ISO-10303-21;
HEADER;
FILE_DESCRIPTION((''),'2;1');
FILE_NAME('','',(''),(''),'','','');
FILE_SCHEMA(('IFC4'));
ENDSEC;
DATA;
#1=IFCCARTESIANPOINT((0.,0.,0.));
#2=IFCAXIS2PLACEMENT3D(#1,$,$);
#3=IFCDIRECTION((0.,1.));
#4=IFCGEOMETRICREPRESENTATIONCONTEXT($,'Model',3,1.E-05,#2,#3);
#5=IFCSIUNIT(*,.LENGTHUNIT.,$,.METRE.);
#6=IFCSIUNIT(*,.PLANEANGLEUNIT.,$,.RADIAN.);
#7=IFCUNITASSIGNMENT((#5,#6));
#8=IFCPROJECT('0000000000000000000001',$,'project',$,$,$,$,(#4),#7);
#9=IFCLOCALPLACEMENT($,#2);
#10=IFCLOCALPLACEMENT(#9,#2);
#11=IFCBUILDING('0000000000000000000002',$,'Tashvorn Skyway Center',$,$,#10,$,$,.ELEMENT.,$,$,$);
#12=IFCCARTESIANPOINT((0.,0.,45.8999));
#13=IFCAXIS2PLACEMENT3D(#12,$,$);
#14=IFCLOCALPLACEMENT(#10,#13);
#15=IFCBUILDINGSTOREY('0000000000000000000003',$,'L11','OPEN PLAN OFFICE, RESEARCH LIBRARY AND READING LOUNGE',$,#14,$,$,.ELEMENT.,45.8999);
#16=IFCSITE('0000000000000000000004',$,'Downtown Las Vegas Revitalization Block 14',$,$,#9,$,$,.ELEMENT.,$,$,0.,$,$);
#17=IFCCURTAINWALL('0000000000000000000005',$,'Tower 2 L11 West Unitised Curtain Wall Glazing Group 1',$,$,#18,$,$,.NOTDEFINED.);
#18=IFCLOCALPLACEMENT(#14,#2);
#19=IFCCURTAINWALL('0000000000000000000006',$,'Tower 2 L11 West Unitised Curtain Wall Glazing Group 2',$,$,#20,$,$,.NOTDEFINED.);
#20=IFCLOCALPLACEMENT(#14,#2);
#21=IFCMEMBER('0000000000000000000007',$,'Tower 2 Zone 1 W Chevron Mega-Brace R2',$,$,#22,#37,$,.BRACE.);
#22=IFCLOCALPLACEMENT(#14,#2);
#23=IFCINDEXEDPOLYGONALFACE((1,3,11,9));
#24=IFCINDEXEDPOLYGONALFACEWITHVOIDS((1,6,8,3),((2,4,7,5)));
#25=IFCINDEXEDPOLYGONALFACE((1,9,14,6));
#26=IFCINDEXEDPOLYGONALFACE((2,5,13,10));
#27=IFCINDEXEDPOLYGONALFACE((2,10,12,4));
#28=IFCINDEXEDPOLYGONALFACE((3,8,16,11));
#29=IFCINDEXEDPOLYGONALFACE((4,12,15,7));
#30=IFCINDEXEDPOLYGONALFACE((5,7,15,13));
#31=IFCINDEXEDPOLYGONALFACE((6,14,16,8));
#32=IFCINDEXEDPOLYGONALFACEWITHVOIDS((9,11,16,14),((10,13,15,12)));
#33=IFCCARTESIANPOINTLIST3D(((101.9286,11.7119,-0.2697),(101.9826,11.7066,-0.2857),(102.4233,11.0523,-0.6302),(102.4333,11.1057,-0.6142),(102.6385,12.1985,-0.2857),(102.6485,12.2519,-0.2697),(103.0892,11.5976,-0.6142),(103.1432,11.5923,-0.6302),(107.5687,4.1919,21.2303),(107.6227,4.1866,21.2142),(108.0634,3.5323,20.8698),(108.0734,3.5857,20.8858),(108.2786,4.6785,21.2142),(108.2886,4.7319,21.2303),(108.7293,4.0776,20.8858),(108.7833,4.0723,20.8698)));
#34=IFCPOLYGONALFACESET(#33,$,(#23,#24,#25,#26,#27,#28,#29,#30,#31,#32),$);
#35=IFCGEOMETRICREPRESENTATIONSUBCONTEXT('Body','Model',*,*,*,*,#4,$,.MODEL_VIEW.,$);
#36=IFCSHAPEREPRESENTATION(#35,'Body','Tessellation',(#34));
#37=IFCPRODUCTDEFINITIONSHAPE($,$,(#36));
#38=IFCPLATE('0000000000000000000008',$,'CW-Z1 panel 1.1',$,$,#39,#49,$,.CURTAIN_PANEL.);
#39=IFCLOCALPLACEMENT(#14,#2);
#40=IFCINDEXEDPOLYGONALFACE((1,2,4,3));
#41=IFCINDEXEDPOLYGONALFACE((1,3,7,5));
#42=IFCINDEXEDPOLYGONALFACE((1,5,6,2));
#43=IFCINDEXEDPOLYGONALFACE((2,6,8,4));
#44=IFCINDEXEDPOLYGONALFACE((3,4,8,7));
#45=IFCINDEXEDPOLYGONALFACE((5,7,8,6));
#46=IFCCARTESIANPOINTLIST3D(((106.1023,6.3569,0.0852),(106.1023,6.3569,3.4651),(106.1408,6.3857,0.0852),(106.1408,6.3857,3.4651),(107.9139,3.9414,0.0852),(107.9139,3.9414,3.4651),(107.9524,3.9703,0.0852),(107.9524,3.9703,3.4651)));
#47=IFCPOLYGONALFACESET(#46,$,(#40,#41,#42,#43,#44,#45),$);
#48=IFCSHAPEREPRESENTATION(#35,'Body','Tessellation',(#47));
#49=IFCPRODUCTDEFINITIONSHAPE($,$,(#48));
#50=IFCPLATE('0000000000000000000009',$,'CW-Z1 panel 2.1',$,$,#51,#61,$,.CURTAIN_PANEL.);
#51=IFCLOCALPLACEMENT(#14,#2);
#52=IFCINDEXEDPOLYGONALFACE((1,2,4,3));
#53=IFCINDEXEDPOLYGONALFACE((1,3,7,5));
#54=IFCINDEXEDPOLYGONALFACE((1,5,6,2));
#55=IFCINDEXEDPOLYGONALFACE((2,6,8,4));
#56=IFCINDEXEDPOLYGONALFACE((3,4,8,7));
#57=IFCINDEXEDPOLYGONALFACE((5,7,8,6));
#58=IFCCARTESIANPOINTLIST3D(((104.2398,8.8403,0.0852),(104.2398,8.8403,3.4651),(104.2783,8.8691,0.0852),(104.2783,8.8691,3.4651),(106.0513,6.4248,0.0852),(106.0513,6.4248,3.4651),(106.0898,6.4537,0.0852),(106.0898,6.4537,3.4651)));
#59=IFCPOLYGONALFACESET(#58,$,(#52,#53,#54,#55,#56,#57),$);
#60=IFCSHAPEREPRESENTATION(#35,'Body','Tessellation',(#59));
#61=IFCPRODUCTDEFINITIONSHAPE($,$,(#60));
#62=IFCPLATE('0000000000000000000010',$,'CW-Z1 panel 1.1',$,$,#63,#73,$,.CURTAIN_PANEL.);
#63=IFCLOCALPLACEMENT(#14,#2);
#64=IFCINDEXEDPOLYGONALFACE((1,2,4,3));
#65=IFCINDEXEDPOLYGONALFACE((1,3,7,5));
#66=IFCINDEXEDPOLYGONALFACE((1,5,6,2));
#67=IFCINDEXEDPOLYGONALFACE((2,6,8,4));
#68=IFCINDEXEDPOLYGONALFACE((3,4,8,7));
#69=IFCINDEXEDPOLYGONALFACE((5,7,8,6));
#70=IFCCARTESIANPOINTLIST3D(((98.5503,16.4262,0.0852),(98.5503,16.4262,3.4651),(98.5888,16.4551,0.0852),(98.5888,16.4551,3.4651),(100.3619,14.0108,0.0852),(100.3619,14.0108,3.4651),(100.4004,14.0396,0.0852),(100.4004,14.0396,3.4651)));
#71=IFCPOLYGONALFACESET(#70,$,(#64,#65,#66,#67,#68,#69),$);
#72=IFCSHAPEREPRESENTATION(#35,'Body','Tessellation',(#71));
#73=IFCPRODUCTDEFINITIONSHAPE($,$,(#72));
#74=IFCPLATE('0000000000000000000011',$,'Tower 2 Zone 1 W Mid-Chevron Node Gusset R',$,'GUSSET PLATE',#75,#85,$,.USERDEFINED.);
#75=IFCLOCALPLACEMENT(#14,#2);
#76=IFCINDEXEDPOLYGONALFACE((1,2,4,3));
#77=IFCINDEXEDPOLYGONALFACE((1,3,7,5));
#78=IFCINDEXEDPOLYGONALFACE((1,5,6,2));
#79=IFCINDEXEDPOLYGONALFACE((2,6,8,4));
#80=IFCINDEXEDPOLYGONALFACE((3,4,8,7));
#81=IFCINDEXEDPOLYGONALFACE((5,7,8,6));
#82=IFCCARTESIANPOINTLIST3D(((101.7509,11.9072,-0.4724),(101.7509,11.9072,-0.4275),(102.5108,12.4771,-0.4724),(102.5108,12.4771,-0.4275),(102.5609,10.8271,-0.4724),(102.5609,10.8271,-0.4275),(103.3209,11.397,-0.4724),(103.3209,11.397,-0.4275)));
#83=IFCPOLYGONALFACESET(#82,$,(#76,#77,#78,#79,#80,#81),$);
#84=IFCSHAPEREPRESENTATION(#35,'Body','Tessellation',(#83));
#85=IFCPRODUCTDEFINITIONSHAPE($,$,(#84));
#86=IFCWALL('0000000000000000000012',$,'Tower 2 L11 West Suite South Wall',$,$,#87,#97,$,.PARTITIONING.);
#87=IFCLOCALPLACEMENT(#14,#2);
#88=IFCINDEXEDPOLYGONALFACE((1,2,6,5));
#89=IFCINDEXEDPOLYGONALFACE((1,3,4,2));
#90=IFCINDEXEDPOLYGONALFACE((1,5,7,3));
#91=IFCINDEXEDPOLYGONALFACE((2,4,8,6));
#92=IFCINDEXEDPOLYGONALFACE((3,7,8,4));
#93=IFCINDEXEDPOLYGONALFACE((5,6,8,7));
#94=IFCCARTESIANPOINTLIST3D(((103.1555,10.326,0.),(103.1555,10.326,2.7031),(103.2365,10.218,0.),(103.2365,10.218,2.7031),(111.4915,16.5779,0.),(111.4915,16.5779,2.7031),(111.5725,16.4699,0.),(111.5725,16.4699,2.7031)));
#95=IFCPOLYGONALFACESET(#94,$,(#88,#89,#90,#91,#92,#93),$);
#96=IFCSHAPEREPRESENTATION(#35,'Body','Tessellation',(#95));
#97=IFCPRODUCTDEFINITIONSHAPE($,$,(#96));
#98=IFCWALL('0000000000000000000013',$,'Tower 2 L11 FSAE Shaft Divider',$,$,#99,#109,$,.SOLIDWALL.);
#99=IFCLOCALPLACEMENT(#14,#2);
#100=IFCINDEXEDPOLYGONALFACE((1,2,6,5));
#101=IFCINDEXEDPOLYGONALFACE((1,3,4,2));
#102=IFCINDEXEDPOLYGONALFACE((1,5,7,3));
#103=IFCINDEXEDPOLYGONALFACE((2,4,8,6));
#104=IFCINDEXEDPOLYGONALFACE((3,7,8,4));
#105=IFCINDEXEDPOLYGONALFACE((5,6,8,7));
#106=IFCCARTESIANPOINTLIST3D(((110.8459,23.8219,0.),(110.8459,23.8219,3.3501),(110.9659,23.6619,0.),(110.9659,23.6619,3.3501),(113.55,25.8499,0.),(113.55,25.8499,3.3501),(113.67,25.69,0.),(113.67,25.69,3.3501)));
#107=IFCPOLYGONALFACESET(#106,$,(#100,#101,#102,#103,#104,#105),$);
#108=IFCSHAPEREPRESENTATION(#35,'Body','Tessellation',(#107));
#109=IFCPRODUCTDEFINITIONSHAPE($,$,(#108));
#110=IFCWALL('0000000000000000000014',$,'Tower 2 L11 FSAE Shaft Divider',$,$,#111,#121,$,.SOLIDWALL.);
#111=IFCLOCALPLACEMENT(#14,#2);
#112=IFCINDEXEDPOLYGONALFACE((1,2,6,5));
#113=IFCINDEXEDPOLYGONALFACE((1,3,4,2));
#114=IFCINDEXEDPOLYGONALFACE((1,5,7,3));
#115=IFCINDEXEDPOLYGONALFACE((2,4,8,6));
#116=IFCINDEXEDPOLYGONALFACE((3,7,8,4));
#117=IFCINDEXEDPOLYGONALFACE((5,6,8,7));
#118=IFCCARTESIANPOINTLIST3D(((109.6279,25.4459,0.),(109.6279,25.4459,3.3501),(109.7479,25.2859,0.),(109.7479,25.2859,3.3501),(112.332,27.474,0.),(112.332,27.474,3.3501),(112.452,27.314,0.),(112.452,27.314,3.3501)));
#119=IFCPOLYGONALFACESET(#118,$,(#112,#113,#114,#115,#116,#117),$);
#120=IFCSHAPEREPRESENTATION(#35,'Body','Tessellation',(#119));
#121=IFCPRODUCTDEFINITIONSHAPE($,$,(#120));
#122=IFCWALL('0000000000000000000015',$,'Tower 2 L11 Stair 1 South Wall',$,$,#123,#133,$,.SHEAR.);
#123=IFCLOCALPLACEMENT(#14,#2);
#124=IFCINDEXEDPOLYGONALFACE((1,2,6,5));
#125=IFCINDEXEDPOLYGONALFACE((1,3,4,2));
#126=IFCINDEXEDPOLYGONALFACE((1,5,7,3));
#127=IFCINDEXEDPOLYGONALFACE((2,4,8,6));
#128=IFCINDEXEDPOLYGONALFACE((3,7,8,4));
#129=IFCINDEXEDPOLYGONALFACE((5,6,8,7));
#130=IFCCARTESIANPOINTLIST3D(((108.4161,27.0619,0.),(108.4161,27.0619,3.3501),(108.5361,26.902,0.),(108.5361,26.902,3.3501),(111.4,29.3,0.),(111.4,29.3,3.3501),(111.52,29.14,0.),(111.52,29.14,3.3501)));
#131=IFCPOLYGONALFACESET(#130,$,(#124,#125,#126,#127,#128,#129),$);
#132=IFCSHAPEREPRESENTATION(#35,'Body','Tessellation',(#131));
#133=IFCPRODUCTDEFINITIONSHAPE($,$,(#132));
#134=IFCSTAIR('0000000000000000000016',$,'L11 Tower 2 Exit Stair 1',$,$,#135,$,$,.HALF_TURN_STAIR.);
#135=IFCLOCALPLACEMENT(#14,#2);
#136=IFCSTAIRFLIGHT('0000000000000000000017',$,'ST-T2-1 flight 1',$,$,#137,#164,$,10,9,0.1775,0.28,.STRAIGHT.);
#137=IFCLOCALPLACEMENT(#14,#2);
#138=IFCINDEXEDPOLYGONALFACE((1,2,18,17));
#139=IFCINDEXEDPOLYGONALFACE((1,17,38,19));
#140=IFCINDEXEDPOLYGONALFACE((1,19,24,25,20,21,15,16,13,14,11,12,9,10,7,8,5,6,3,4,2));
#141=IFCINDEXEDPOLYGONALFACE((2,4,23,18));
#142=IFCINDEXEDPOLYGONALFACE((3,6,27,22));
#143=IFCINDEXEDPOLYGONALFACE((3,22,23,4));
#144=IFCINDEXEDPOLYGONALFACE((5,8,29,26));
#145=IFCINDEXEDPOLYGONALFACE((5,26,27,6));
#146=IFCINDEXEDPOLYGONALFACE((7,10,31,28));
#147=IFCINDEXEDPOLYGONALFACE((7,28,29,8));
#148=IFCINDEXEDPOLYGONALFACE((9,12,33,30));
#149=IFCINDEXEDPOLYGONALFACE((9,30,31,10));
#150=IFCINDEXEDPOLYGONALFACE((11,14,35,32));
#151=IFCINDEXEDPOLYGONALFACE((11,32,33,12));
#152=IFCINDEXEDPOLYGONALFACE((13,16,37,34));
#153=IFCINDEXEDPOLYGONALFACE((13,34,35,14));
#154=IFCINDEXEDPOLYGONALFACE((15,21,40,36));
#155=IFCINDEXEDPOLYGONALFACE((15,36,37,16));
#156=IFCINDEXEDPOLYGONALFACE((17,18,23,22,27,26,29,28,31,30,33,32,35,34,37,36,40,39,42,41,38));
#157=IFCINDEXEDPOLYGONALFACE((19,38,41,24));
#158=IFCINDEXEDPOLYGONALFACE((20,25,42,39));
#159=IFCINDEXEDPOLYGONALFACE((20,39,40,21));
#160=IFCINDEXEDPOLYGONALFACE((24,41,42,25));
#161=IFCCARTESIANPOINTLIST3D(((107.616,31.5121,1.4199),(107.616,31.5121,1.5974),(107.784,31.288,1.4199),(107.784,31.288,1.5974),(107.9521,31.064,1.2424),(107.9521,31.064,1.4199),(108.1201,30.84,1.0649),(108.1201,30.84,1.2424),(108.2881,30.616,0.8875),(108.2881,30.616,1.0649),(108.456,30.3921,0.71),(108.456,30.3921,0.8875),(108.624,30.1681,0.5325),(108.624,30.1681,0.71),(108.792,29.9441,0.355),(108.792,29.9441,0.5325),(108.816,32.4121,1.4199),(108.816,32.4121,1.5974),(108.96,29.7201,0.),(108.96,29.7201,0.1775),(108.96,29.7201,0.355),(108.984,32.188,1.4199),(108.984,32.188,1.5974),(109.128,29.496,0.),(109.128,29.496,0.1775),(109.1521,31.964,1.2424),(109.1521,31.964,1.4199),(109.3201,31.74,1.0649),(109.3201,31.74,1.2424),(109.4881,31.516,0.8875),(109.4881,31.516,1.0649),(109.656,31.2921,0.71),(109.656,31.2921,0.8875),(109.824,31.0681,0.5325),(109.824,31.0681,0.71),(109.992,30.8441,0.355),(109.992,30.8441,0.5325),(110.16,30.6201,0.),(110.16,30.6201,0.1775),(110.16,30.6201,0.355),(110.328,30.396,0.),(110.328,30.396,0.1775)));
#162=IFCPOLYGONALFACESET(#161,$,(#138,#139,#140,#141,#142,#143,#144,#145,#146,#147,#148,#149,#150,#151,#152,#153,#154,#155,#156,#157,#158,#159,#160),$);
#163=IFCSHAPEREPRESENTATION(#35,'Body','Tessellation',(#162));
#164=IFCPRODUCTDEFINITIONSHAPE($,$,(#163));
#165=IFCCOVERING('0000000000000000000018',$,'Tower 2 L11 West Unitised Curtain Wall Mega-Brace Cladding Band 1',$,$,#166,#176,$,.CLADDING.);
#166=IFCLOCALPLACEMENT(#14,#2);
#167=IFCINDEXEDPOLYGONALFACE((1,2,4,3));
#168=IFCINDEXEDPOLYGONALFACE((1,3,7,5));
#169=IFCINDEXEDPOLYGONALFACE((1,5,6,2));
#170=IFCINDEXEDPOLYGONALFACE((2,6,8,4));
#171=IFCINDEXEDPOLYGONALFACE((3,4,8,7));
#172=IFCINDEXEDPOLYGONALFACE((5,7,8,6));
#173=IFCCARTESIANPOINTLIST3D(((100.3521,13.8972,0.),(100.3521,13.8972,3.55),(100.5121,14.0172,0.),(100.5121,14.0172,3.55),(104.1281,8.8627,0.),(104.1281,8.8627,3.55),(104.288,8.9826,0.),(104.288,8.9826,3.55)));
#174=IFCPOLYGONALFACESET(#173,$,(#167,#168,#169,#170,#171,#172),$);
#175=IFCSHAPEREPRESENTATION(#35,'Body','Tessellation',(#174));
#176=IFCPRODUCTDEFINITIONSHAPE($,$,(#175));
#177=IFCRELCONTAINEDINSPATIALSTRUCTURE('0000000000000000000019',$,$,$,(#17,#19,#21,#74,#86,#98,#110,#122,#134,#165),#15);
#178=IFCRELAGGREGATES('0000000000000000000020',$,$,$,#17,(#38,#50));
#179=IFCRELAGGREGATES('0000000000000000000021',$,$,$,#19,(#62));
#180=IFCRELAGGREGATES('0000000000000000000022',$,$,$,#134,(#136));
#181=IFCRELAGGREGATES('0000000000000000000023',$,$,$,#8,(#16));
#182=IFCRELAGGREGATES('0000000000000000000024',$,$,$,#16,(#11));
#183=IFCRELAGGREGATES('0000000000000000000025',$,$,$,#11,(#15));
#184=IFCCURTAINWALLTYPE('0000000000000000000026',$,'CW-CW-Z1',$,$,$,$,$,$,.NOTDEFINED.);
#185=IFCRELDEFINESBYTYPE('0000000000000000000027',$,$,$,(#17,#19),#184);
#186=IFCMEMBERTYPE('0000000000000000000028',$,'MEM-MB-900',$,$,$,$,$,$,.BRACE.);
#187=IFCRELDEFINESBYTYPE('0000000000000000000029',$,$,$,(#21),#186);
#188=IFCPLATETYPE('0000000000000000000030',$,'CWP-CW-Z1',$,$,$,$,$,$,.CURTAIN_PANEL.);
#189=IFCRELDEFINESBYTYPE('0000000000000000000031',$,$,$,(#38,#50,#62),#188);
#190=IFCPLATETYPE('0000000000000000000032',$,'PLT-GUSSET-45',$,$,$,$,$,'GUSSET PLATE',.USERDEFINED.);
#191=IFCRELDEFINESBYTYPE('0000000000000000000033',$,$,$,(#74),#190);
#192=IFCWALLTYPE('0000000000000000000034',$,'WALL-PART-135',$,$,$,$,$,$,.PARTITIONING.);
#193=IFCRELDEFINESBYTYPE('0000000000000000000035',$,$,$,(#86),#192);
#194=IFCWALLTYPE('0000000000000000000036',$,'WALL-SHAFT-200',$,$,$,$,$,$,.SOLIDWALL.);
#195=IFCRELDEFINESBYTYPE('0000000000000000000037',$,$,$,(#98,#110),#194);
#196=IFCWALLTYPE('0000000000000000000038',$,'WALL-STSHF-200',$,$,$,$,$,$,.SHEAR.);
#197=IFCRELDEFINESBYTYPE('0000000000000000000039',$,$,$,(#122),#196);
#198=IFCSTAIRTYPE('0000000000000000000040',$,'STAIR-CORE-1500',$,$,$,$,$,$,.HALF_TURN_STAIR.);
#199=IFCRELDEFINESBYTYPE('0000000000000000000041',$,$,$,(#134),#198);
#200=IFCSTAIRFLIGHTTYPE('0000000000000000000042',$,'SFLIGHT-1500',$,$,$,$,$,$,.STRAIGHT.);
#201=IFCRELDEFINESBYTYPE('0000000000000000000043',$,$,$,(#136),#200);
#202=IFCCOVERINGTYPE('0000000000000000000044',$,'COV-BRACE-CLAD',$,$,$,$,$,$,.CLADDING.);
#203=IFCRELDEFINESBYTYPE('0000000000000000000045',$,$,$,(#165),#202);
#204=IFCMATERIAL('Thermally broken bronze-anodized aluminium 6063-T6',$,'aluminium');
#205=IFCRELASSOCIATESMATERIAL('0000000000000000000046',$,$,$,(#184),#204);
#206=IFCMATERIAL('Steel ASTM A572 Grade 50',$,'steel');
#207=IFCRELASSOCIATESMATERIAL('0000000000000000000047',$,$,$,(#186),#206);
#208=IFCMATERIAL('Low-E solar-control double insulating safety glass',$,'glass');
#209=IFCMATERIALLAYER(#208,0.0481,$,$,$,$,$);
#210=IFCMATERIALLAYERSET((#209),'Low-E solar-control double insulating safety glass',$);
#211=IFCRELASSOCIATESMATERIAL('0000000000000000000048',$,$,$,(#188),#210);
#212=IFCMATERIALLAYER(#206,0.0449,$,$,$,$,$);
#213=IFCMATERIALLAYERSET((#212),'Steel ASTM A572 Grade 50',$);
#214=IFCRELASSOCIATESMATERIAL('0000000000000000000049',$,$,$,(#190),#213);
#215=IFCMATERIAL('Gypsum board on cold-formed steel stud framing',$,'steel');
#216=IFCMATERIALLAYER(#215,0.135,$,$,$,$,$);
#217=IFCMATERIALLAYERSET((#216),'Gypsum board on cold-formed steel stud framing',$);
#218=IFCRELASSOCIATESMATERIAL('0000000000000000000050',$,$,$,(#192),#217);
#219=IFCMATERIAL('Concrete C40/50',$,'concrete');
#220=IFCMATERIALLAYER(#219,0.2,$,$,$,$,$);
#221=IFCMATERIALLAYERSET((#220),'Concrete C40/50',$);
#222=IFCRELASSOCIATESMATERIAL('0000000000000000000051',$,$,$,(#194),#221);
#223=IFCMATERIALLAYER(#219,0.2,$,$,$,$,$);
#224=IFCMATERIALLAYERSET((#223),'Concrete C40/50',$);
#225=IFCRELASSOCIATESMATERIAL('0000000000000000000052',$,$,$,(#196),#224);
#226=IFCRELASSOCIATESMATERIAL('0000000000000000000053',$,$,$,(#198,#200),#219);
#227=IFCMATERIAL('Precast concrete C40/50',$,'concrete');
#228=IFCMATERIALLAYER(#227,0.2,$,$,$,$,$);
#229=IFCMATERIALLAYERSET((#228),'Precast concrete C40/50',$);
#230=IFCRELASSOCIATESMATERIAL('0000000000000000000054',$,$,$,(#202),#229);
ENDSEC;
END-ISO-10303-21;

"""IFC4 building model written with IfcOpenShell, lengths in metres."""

from ifc_helpers import new_model, si_unit, direction, frame, frame_2d, origin, origin_2d, place, context, subcontext, project, spatial, polyline, rectangle, hollow_rectangle, outline, extrude, material, layer, layer_set, material_profile, profile_set, type_object, element, aggregate, save


model = new_model("IFC4")

# Units and contexts
model_context = context("Model", 3, precision=1e-05, world=origin(), true_north=direction((0.0, 1.0)))
body_context = subcontext(model_context, "Body", "Model", "MODEL_VIEW")
ifc_project = project(units=[si_unit("LENGTHUNIT", "METRE"), si_unit("PLANEANGLEUNIT", "RADIAN")], contexts=[model_context])

# Site, building, storey
site_placement = place(None, origin())
site = spatial("IfcSite", under=ifc_project, at=site_placement, Name="Downtown Las Vegas Revitalization Block 14", CompositionType="ELEMENT", RefElevation=0.0)
building_placement = place(site_placement, origin())
building = spatial("IfcBuilding", under=site, at=building_placement, Name="Tashvorn Skyway Center", CompositionType="ELEMENT")
storey_placement = place(building_placement, frame((0.0, 0.0, 45.8999)))
storey = spatial("IfcBuildingStorey", under=building, at=storey_placement, Name="L11", Description="OPEN PLAN OFFICE, RESEARCH LIBRARY AND READING LOUNGE", CompositionType="ELEMENT", Elevation=45.8999)

# Shared definitions
ifc_material_1 = material(Name="Steel ASTM A572 Grade 50", Category="steel")

# Curtain walls
ifc_material_2 = material(Name="Thermally broken bronze-anodized aluminium 6063-T6", Category="aluminium")
curtain_wall_type = type_object("IfcCurtainWallType", Name="CW-CW-Z1", PredefinedType="NOTDEFINED", material=ifc_material_2)
curtain_wall_1_placement = place(storey_placement, origin())
curtain_wall_1 = element("IfcCurtainWall", 1, at=curtain_wall_1_placement, inside=storey, type_object=curtain_wall_type, Name="Tower 2 L11 West Unitised Curtain Wall Glazing Group 1", PredefinedType="NOTDEFINED")
curtain_wall_2_placement = place(storey_placement, origin())
curtain_wall_2 = element("IfcCurtainWall", 2, at=curtain_wall_2_placement, inside=storey, type_object=curtain_wall_type, Name="Tower 2 L11 West Unitised Curtain Wall Glazing Group 2", PredefinedType="NOTDEFINED")

# Member
ifc_material_profile_1 = material_profile(ifc_material_1, hollow_rectangle(XDim=0.8999, YDim=0.8999, WallThickness=0.04, at=origin_2d()), Name="BOX900x900x40")
ifc_profile_set_1 = profile_set([ifc_material_profile_1], Name="Steel ASTM A572 Grade 50")
member_type_1 = type_object("IfcMemberType", Name="MEM-MB-900", PredefinedType="BRACE", material=ifc_profile_set_1)
member_1_placement = place(storey_placement, frame((102.5359, 11.6521, -0.45), z_axis=(0.240363, -0.320477, 0.916254), x_axis=(0.799994, 0.600008, 0.0)))
element("IfcMember", 3, at=member_1_placement, inside=storey, type_object=member_type_1, Name="Tower 2 Zone 1 W Chevron Mega-Brace R2", PredefinedType="BRACE", context=body_context, shape_type="SweptSolid", body=[
    extrude(hollow_rectangle(XDim=0.8999, YDim=0.8999, WallThickness=0.04, at=origin_2d()), origin(), (0.0, 0.0, 1.0), 23.4651),
])

# Plates
ifc_material_3 = material(Name="Low-E solar-control double insulating safety glass", Category="glass")
ifc_layer_1 = layer(ifc_material_3, 0.0481)
ifc_layer_set_1 = layer_set([ifc_layer_1], Name="Low-E solar-control double insulating safety glass")
plate_type_1 = type_object("IfcPlateType", Name="CWP-CW-Z1", PredefinedType="CURTAIN_PANEL", material=ifc_layer_set_1)
plate_1_placement = place(storey_placement, frame((107.0273, 5.1636, 0.0852), z_axis=(0.0, 0.0, 1.0), x_axis=(-0.599997, 0.800002, 0.0)))
plate_1 = element("IfcPlate", 4, at=plate_1_placement, type_object=plate_type_1, Name="CW-Z1 panel 1.1", PredefinedType="CURTAIN_PANEL", context=body_context, shape_type="SweptSolid", body=[
    extrude(rectangle(XDim=3.0193, YDim=0.0481, at=origin_2d()), origin(), (0.0, 0.0, 1.0), 3.3799),
])
plate_2_placement = place(storey_placement, frame((105.1648, 7.647, 0.0852), z_axis=(0.0, 0.0, 1.0), x_axis=(-0.599997, 0.800002, 0.0)))
plate_2 = element("IfcPlate", 5, at=plate_2_placement, type_object=plate_type_1, Name="CW-Z1 panel 2.1", PredefinedType="CURTAIN_PANEL", context=body_context, shape_type="SweptSolid", body=[
    extrude(rectangle(XDim=3.0193, YDim=0.0481, at=origin_2d()), origin(), (0.0, 0.0, 1.0), 3.3799),
])
aggregate(curtain_wall_1, [plate_1, plate_2])
plate_3_placement = place(storey_placement, frame((99.4753, 15.2329, 0.0852), z_axis=(0.0, 0.0, 1.0), x_axis=(-0.599997, 0.800002, 0.0)))
plate_3 = element("IfcPlate", 6, at=plate_3_placement, type_object=plate_type_1, Name="CW-Z1 panel 1.1", PredefinedType="CURTAIN_PANEL", context=body_context, shape_type="SweptSolid", body=[
    extrude(rectangle(XDim=3.0193, YDim=0.0481, at=origin_2d()), origin(), (0.0, 0.0, 1.0), 3.3799),
])
aggregate(curtain_wall_2, [plate_3])
ifc_layer_2 = layer(ifc_material_1, 0.0449)
ifc_layer_set_2 = layer_set([ifc_layer_2], Name="Steel ASTM A572 Grade 50")
plate_type_2 = type_object("IfcPlateType", Name="PLT-GUSSET-45", ElementType="GUSSET PLATE", PredefinedType="USERDEFINED", material=ifc_layer_set_2)
plate_4_placement = place(storey_placement, frame((102.5359, 11.6521, -0.4724), z_axis=(0.0, 0.0, 1.0), x_axis=(0.6, -0.8, 0.0)))
element("IfcPlate", 7, at=plate_4_placement, inside=storey, type_object=plate_type_2, Name="Tower 2 Zone 1 W Mid-Chevron Node Gusset R", ObjectType="GUSSET PLATE", PredefinedType="USERDEFINED", context=body_context, shape_type="SweptSolid", body=[
    extrude(rectangle(XDim=1.3501, YDim=0.95, at=origin_2d()), origin(), (0.0, 0.0, 1.0), 0.0449),
])

# Walls
ifc_material_4 = material(Name="Gypsum board on cold-formed steel stud framing", Category="steel")
ifc_layer_3 = layer(ifc_material_4, 0.135)
ifc_layer_set_3 = layer_set([ifc_layer_3], Name="Gypsum board on cold-formed steel stud framing")
wall_type_1 = type_object("IfcWallType", Name="WALL-PART-135", PredefinedType="PARTITIONING", material=ifc_layer_set_3)
wall_1_placement = place(storey_placement, frame((103.196, 10.272, 0.0), z_axis=(0.0, 0.0, 1.0), x_axis=(0.8, 0.6, 0.0)))
element("IfcWall", 8, at=wall_1_placement, inside=storey, type_object=wall_type_1, Name="Tower 2 L11 West Suite South Wall", PredefinedType="PARTITIONING", context=body_context, shape_type="SweptSolid", body=[
    extrude(rectangle(XDim=10.4199, YDim=0.135, at=frame_2d((5.21, 0.0))), origin(), (0.0, 0.0, 1.0), 2.7031),
])
ifc_material_5 = material(Name="Concrete C40/50", Category="concrete")
ifc_layer_4 = layer(ifc_material_5, 0.2)
ifc_layer_set_4 = layer_set([ifc_layer_4], Name="Concrete C40/50")
wall_type_2 = type_object("IfcWallType", Name="WALL-SHAFT-200", PredefinedType="SOLIDWALL", material=ifc_layer_set_4)
for number, where, z_axis, x_axis, name in (
    (9, (110.906, 23.7419, 0.0), (0.0, 0.0, 1.0), (0.8, 0.6, 0.0), "Tower 2 L11 FSAE Shaft Divider"),
    (10, (109.688, 25.366, 0.0), (0.0, 0.0, 1.0), (0.8, 0.6, 0.0), "Tower 2 L11 FSAE Shaft Divider"),
):
    element("IfcWall", number, at=place(storey_placement, frame(where, z_axis=z_axis, x_axis=x_axis)), inside=storey, type_object=wall_type_2, Name=name, PredefinedType="SOLIDWALL", context=body_context, shape_type="SweptSolid", body=[
        extrude(rectangle(XDim=3.3801, YDim=0.2, at=frame_2d((1.6899, 0.0))), origin(), (0.0, 0.0, 1.0), 3.3501),
    ])
ifc_layer_5 = layer(ifc_material_5, 0.2)
ifc_layer_set_5 = layer_set([ifc_layer_5], Name="Concrete C40/50")
wall_type_3 = type_object("IfcWallType", Name="WALL-STSHF-200", PredefinedType="SHEAR", material=ifc_layer_set_5)
wall_2_placement = place(storey_placement, frame((108.4761, 26.9819, 0.0), z_axis=(0.0, 0.0, 1.0), x_axis=(0.799984, 0.600021, 0.0)))
element("IfcWall", 11, at=wall_2_placement, inside=storey, type_object=wall_type_3, Name="Tower 2 L11 Stair 1 South Wall", PredefinedType="SHEAR", context=body_context, shape_type="SweptSolid", body=[
    extrude(rectangle(XDim=3.73, YDim=0.2, at=frame_2d((1.865, 0.0))), origin(), (0.0, 0.0, 1.0), 3.3501),
])

# Stair, stair flight
stair_type = type_object("IfcStairType", Name="STAIR-CORE-1500", PredefinedType="HALF_TURN_STAIR", material=ifc_material_5)
stair_placement = place(storey_placement, origin())
stair = element("IfcStair", 12, at=stair_placement, inside=storey, type_object=stair_type, Name="L11 Tower 2 Exit Stair 1", PredefinedType="HALF_TURN_STAIR")
stair_flight_type = type_object("IfcStairFlightType", Name="SFLIGHT-1500", PredefinedType="STRAIGHT", material=ifc_material_5)
stair_flight_placement = place(storey_placement, frame((109.728, 29.946, 0.0), z_axis=(0.0, 0.0, 1.0), x_axis=(-0.6, 0.8, 0.0)))
stair_flight = element("IfcStairFlight", 13, at=stair_flight_placement, type_object=stair_flight_type, Name="ST-T2-1 flight 1", NumberOfRisers=10, NumberOfTreads=9, PredefinedType="STRAIGHT", RiserHeight=0.1775, TreadLength=0.28, context=body_context, shape_type="SweptSolid", body=[
    extrude(outline(polyline([(0.0, 0.0), (0.0, 0.1775), (0.28, 0.1775), (0.28, 0.355), (0.5601, 0.355), (0.5601, 0.5325), (0.8401, 0.5325), (0.8401, 0.71), (1.1201, 0.71), (1.1201, 0.8875), (1.3999, 0.8875), (1.3999, 1.0649), (1.6799, 1.0649), (1.6799, 1.2424), (1.96, 1.2424), (1.96, 1.4199), (2.24, 1.4199), (2.24, 1.5974), (2.52, 1.5974), (2.52, 1.7749), (2.52, 1.4199), (0.28, 0.0), (0.0, 0.0)])), frame((0.0, 0.75, 0.0), z_axis=(0.0, -1.0, 0.0), x_axis=(1.0, 0.0, 0.0)), (0.0, 0.0, 1.0), 1.5),
])
aggregate(stair, [stair_flight])

# Covering
ifc_material_6 = material(Name="Precast concrete C40/50", Category="concrete")
ifc_layer_6 = layer(ifc_material_6, 0.2)
ifc_layer_set_6 = layer_set([ifc_layer_6], Name="Precast concrete C40/50")
covering_type_1 = type_object("IfcCoveringType", Name="COV-BRACE-CLAD", PredefinedType="CLADDING", material=ifc_layer_set_6)
covering_1_placement = place(storey_placement, frame((102.3201, 11.4399, 0.0), z_axis=(0.0, 0.0, 1.0), x_axis=(-0.6, 0.8, 0.0)))
element("IfcCovering", 14, at=covering_1_placement, inside=storey, type_object=covering_type_1, Name="Tower 2 L11 West Unitised Curtain Wall Mega-Brace Cladding Band 1", PredefinedType="CLADDING", context=body_context, shape_type="SweptSolid", body=[
    extrude(rectangle(XDim=6.2932, YDim=0.2, at=origin_2d()), origin(), (0.0, 0.0, 1.0), 3.55),
])

save(model, "model.ifc")
